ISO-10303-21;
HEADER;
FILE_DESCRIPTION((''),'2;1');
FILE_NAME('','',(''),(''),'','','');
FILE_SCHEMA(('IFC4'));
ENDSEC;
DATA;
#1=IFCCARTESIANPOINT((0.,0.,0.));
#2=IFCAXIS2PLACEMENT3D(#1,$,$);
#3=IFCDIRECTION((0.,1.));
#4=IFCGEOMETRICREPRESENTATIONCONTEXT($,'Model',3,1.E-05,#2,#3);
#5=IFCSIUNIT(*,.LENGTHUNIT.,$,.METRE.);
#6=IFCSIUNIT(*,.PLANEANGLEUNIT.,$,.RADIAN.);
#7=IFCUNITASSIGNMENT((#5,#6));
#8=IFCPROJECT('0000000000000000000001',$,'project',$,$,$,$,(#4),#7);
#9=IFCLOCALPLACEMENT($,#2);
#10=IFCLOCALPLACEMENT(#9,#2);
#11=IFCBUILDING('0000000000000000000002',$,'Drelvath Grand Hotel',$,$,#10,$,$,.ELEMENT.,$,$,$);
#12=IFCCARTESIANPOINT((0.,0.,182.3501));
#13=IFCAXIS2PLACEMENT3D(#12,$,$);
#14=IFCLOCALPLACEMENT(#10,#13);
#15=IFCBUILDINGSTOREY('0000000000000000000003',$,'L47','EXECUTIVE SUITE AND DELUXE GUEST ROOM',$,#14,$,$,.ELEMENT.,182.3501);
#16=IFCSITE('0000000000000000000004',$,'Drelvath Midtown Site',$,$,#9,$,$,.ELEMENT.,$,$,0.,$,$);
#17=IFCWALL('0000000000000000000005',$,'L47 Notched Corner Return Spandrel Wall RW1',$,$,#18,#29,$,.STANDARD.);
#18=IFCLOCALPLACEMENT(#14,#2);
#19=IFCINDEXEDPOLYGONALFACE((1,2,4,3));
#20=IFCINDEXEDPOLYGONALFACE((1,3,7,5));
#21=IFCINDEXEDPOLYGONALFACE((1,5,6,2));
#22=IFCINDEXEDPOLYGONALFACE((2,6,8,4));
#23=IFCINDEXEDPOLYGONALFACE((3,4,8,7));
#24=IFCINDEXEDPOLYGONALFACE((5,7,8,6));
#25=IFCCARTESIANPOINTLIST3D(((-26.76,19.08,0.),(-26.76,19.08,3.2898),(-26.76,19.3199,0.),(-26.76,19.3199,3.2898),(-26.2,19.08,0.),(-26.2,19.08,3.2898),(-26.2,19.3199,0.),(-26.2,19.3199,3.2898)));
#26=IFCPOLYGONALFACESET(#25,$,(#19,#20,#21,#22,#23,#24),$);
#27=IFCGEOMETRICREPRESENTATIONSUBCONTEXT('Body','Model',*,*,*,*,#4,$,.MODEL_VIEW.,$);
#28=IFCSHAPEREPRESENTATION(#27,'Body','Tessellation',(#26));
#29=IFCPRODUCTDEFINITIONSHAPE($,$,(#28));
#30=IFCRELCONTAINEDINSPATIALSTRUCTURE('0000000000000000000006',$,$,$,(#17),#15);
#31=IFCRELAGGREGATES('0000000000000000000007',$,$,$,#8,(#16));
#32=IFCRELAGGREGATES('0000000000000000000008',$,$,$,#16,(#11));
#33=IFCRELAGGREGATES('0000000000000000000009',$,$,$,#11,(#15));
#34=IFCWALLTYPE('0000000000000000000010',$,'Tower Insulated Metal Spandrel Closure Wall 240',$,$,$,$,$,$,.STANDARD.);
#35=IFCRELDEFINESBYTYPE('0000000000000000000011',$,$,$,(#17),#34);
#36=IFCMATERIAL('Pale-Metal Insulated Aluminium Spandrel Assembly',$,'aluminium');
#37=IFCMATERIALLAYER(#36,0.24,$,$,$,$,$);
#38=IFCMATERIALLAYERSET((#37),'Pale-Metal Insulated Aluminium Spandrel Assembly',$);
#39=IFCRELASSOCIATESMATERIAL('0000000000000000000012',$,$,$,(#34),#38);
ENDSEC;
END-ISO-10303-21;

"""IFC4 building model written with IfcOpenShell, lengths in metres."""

from ifc_helpers import new_model, si_unit, direction, frame, frame_2d, origin, place, context, subcontext, project, spatial, rectangle, extrude, material, layer, layer_set, type_object, element, save


model = new_model("IFC4")

# Units and contexts
model_context = context("Model", 3, precision=1e-05, world=origin(), true_north=direction((0.0, 1.0)))
body_context = subcontext(model_context, "Body", "Model", "MODEL_VIEW")
ifc_project = project(units=[si_unit("LENGTHUNIT", "METRE"), si_unit("PLANEANGLEUNIT", "RADIAN")], contexts=[model_context])

# Site, building, storey
site_placement = place(None, origin())
site = spatial("IfcSite", under=ifc_project, at=site_placement, Name="Drelvath Midtown Site", CompositionType="ELEMENT", RefElevation=0.0)
building_placement = place(site_placement, origin())
building = spatial("IfcBuilding", under=site, at=building_placement, Name="Drelvath Grand Hotel", CompositionType="ELEMENT")
storey_placement = place(building_placement, frame((0.0, 0.0, 182.3501)))
storey = spatial("IfcBuildingStorey", under=building, at=storey_placement, Name="L47", Description="EXECUTIVE SUITE AND DELUXE GUEST ROOM", CompositionType="ELEMENT", Elevation=182.3501)

# Wall
ifc_material_1 = material(Name="Pale-Metal Insulated Aluminium Spandrel Assembly", Category="aluminium")
ifc_layer_1 = layer(ifc_material_1, 0.24)
ifc_layer_set_1 = layer_set([ifc_layer_1], Name="Pale-Metal Insulated Aluminium Spandrel Assembly")
wall_type_1 = type_object("IfcWallType", Name="Tower Insulated Metal Spandrel Closure Wall 240", PredefinedType="STANDARD", material=ifc_layer_set_1)
wall_1_placement = place(storey_placement, frame((-26.76, 19.2, 0.0), z_axis=(0.0, 0.0, 1.0), x_axis=(1.0, 0.0, 0.0)))
element("IfcWall", 1, at=wall_1_placement, inside=storey, type_object=wall_type_1, Name="L47 Notched Corner Return Spandrel Wall RW1", PredefinedType="STANDARD", context=body_context, shape_type="SweptSolid", body=[
    extrude(rectangle(XDim=0.5601, YDim=0.24, at=frame_2d((0.28, 0.0))), origin(), (0.0, 0.0, 1.0), 3.2898),
])

save(model, "model.ifc")
